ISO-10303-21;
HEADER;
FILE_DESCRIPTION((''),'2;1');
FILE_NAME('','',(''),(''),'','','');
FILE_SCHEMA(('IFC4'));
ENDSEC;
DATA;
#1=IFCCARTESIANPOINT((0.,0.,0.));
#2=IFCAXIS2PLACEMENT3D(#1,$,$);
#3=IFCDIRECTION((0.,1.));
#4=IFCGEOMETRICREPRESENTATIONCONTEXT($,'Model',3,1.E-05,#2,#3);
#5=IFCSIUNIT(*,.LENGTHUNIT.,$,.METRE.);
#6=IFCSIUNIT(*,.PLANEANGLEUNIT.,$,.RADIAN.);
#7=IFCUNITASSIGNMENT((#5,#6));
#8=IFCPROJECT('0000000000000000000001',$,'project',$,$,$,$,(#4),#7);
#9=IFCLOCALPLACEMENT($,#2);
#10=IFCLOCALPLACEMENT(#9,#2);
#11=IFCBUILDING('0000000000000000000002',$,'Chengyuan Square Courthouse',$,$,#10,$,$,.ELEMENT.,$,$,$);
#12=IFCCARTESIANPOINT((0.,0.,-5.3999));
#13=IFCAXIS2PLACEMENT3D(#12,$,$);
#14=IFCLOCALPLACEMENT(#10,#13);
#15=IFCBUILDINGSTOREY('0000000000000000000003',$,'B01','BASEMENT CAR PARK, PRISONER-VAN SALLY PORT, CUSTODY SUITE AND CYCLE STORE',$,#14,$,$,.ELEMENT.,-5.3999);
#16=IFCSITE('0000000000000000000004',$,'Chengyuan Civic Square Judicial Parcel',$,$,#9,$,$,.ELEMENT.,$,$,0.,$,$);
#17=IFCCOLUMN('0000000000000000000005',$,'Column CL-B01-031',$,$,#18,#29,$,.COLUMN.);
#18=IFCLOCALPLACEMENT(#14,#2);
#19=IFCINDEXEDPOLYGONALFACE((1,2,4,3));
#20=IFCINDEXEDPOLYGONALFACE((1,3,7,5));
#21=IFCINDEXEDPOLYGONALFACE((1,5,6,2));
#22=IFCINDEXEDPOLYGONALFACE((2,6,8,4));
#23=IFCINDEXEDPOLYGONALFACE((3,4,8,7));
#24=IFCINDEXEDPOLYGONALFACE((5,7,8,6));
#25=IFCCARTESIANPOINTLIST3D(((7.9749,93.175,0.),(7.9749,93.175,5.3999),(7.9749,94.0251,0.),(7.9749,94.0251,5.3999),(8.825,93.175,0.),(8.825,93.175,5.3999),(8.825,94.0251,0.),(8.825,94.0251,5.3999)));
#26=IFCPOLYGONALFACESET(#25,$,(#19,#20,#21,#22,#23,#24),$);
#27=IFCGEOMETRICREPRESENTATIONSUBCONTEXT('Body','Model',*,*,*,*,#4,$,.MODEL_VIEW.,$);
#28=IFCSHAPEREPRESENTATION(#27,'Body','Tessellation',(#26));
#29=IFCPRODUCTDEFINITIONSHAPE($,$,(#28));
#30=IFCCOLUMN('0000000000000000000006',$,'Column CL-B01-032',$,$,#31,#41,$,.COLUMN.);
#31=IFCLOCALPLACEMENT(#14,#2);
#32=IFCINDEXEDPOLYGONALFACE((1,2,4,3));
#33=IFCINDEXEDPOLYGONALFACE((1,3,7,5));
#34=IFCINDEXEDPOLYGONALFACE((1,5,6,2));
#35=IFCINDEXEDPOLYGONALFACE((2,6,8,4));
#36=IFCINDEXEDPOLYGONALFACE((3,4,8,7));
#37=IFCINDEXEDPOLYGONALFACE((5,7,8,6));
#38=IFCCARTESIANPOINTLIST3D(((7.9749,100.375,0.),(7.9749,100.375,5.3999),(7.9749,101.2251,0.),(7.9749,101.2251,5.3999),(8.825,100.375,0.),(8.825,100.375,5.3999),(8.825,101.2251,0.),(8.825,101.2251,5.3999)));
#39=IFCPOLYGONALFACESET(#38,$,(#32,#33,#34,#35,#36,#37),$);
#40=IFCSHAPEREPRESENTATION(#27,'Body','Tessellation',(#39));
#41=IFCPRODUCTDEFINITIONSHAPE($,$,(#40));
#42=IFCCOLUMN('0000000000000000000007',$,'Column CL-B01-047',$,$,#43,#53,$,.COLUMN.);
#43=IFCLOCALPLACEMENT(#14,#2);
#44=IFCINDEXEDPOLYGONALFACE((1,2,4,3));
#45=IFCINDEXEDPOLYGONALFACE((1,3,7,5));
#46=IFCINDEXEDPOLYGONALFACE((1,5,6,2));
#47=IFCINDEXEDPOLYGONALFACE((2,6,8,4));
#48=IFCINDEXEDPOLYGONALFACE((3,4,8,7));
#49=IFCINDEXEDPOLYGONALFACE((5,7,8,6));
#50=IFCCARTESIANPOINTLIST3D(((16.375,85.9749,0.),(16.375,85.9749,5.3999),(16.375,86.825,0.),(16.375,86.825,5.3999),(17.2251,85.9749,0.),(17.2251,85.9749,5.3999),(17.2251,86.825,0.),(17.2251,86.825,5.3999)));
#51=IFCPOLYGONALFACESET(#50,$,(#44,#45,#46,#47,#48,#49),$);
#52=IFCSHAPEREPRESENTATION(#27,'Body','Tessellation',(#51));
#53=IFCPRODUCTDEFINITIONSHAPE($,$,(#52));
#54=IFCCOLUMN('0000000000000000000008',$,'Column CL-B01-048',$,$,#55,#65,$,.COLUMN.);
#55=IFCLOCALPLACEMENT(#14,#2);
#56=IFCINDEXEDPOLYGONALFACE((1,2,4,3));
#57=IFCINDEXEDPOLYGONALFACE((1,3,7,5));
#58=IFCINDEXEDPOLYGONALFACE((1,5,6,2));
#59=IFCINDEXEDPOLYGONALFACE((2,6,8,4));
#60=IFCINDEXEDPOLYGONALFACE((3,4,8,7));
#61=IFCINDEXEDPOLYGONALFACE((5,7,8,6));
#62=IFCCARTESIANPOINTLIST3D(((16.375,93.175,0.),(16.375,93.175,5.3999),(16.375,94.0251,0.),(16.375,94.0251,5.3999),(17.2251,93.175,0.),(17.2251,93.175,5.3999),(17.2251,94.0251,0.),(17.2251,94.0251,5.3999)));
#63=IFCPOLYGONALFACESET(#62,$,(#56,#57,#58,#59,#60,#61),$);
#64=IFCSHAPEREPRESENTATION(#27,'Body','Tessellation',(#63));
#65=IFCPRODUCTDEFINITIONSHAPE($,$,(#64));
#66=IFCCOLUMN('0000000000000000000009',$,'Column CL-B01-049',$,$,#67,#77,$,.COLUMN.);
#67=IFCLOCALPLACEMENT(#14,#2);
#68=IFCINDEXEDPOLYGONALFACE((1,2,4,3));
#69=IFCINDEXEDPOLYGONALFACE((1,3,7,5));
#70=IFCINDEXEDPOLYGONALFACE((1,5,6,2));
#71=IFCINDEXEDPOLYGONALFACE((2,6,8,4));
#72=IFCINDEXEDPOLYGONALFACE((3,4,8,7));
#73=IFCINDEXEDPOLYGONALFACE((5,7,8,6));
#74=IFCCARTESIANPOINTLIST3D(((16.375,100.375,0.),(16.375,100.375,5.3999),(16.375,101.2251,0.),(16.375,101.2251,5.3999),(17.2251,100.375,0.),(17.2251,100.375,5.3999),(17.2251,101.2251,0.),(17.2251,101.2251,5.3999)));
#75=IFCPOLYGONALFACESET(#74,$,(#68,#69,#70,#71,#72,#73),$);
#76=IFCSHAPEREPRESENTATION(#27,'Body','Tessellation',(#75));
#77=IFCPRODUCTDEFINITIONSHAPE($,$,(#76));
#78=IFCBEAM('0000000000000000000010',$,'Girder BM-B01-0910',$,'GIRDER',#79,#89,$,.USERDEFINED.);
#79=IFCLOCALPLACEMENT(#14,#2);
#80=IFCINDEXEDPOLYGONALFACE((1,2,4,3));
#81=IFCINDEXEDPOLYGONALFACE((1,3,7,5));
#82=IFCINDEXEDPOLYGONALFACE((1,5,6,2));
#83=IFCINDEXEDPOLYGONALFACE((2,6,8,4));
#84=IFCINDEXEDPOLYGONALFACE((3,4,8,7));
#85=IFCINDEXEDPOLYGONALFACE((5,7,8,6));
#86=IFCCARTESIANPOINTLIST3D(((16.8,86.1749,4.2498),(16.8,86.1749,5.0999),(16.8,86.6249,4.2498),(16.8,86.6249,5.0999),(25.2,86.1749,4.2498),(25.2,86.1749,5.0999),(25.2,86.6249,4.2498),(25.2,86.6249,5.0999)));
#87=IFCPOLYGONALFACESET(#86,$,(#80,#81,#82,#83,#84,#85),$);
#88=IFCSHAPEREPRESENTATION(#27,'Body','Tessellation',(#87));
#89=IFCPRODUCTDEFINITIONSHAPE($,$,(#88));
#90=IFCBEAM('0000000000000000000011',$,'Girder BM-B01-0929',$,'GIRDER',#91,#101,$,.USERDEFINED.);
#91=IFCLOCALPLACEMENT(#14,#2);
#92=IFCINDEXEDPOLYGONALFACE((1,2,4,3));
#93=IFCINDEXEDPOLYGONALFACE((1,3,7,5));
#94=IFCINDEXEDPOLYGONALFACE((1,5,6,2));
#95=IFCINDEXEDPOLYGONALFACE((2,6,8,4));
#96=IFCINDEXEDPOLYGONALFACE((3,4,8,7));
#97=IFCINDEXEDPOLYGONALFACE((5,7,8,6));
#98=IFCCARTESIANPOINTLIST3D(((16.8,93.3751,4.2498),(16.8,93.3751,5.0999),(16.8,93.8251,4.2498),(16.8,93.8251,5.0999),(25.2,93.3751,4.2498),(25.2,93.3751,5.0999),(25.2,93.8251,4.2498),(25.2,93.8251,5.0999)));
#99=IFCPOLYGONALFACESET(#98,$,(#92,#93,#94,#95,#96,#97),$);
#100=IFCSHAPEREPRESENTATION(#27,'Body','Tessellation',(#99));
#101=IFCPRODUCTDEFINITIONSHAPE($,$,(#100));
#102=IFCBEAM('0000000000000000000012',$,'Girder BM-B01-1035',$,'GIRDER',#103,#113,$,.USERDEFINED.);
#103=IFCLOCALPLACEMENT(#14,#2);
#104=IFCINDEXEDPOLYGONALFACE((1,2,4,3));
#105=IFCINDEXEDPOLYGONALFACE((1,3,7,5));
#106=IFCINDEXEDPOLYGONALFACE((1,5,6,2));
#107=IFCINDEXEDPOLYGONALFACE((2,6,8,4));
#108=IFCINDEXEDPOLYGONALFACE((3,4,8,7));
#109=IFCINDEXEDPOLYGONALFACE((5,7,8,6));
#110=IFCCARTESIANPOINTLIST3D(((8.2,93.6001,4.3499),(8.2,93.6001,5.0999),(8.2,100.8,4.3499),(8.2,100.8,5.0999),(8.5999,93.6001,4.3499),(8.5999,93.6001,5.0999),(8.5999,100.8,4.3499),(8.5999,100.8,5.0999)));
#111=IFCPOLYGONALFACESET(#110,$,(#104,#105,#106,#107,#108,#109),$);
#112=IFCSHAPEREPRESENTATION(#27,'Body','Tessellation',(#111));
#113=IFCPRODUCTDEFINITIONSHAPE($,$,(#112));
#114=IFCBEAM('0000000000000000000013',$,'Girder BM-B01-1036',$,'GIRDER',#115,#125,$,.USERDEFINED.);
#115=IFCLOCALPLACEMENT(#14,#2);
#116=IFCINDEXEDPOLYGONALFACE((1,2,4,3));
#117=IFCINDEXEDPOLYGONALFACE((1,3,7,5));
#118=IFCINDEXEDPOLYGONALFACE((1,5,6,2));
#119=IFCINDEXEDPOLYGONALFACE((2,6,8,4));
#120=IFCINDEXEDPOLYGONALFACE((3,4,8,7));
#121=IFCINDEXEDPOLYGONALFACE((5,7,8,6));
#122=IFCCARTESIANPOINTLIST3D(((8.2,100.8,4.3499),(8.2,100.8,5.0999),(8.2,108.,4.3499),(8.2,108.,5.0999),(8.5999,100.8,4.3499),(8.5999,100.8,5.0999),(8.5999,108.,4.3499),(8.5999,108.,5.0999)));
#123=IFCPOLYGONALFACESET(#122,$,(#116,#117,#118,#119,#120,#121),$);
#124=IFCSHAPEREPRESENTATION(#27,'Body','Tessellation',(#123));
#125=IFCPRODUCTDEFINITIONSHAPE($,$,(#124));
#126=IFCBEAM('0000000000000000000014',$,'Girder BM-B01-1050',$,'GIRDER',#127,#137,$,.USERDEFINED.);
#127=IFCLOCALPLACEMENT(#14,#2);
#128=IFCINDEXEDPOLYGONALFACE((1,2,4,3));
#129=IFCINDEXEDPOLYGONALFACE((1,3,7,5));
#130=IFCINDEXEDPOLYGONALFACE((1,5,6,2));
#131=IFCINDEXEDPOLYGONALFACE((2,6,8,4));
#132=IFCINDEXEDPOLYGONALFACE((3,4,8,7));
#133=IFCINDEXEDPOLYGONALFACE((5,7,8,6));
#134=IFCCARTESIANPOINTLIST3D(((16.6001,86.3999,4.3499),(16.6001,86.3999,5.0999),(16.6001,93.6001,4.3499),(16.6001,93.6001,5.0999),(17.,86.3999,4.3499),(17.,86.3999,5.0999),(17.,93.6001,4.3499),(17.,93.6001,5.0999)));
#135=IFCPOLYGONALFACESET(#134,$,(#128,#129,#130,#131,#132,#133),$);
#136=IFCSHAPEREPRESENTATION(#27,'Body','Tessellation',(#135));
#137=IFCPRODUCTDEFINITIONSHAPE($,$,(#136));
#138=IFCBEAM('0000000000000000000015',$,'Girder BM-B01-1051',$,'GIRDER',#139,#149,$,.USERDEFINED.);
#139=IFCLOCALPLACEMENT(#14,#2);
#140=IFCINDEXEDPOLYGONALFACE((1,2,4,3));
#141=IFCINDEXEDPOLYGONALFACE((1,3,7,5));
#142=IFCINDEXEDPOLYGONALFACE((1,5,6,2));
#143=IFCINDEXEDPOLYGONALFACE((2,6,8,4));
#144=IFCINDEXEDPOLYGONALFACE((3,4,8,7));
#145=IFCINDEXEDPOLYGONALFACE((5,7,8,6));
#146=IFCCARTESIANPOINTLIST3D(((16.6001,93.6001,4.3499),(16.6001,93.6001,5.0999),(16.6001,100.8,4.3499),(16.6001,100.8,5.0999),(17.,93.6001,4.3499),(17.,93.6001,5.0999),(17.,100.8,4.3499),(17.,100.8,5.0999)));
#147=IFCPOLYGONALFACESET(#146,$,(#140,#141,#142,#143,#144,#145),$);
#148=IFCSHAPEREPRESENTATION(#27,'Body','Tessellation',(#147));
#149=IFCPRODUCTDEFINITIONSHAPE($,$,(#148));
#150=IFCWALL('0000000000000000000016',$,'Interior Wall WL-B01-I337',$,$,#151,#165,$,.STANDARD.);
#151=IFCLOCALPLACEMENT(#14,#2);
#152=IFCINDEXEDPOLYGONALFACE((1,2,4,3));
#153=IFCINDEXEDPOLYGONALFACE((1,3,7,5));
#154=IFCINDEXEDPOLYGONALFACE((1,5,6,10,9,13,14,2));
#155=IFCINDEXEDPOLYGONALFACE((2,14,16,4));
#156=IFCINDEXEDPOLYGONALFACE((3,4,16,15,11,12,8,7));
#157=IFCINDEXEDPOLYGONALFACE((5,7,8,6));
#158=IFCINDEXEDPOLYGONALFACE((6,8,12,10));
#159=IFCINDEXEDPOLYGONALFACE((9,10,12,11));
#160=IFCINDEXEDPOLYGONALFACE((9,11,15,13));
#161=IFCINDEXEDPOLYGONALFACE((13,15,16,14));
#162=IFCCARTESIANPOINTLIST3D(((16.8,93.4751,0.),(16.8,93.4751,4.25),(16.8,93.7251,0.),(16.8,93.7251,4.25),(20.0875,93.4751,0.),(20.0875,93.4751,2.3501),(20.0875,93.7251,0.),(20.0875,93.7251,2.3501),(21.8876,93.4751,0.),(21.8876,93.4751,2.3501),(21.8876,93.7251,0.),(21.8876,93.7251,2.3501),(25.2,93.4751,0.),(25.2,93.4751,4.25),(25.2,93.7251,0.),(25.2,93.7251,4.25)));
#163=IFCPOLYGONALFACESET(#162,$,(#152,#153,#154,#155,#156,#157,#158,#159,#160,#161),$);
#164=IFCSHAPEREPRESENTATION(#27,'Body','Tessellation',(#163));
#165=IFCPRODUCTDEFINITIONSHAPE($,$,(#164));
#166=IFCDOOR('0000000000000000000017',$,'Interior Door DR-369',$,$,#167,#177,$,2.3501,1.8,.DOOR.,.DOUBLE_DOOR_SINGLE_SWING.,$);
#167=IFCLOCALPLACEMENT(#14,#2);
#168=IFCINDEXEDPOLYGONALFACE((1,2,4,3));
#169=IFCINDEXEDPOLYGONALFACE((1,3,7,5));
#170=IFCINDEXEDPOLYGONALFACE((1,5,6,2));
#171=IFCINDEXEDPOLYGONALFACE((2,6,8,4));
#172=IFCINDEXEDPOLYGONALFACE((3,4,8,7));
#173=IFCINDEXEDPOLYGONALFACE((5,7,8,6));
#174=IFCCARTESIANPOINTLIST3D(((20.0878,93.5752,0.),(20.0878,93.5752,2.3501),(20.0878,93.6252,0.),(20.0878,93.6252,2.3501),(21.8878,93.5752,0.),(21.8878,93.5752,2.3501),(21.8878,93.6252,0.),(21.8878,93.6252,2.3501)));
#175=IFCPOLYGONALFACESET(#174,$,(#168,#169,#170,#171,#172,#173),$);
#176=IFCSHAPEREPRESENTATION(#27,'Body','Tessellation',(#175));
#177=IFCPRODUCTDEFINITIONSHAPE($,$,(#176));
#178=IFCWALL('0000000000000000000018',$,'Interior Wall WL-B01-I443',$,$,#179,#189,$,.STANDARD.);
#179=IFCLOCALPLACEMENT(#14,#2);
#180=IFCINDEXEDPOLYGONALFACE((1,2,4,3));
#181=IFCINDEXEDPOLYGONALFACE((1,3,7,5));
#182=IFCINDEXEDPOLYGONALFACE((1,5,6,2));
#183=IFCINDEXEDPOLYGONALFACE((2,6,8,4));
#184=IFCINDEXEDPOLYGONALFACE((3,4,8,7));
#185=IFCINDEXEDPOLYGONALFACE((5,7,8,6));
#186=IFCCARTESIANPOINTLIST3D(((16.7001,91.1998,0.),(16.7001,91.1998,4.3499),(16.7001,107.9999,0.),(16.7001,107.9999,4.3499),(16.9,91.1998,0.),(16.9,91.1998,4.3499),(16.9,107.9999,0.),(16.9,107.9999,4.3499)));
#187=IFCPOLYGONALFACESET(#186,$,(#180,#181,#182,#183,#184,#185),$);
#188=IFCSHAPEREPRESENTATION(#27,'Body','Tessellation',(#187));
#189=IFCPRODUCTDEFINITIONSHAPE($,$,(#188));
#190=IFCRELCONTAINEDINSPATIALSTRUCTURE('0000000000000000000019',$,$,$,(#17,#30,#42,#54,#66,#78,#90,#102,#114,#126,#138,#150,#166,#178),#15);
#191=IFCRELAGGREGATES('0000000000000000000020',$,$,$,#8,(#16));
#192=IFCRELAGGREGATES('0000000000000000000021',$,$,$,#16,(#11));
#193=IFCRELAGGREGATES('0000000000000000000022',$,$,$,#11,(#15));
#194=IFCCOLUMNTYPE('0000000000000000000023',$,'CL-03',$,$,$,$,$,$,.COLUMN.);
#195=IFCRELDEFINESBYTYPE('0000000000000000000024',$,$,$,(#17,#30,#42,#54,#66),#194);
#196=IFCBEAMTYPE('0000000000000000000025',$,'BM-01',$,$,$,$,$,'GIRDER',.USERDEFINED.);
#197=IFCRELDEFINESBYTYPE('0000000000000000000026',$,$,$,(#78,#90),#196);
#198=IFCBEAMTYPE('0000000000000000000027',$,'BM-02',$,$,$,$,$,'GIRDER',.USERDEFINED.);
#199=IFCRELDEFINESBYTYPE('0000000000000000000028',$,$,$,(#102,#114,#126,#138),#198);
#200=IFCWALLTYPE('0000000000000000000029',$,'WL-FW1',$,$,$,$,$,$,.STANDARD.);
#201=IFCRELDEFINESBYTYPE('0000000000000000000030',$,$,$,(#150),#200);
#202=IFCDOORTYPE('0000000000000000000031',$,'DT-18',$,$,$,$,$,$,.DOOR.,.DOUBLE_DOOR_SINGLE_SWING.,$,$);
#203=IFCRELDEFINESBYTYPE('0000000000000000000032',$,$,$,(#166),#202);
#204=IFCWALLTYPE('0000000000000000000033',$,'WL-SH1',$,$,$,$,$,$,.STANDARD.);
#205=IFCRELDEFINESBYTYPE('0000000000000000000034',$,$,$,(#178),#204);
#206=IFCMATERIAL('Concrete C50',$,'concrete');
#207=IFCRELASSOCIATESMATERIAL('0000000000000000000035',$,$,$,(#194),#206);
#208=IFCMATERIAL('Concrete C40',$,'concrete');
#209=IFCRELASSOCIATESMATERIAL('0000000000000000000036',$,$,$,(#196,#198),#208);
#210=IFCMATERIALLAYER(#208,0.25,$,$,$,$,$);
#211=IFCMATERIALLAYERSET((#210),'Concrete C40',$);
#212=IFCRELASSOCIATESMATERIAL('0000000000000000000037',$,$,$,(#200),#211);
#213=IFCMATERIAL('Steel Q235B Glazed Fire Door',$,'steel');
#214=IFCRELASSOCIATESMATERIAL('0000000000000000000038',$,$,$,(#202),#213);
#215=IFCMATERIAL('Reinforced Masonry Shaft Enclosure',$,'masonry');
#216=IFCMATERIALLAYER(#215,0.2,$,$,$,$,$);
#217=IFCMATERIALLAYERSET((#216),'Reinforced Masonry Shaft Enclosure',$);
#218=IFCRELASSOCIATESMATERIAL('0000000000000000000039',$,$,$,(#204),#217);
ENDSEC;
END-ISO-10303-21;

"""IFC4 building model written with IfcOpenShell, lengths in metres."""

from ifc_helpers import new_model, si_unit, direction, frame, frame_2d, origin, origin_2d, place, context, subcontext, project, spatial, rectangle, extrude, material, layer, layer_set, material_profile, profile_set, type_object, element, fill, save


model = new_model("IFC4")

# Units and contexts
model_context = context("Model", 3, precision=1e-05, world=origin(), true_north=direction((0.0, 1.0)))
body_context = subcontext(model_context, "Body", "Model", "MODEL_VIEW")
ifc_project = project(units=[si_unit("LENGTHUNIT", "METRE"), si_unit("PLANEANGLEUNIT", "RADIAN")], contexts=[model_context])

# Site, building, storey
site_placement = place(None, origin())
site = spatial("IfcSite", under=ifc_project, at=site_placement, Name="Chengyuan Civic Square Judicial Parcel", CompositionType="ELEMENT", RefElevation=0.0)
building_placement = place(site_placement, origin())
building = spatial("IfcBuilding", under=site, at=building_placement, Name="Chengyuan Square Courthouse", CompositionType="ELEMENT")
storey_placement = place(building_placement, frame((0.0, 0.0, -5.3999)))
storey = spatial("IfcBuildingStorey", under=building, at=storey_placement, Name="B01", Description="BASEMENT CAR PARK, PRISONER-VAN SALLY PORT, CUSTODY SUITE AND CYCLE STORE", CompositionType="ELEMENT", Elevation=-5.3999)

# Columns
ifc_material_1 = material(Name="Concrete C50", Category="concrete")
ifc_material_profile_1 = material_profile(ifc_material_1, rectangle(XDim=0.8501, YDim=0.8501, at=origin_2d()), Name="RC-COL-850x850")
ifc_profile_set_1 = profile_set([ifc_material_profile_1], Name="Concrete C50")
column_type = type_object("IfcColumnType", Name="CL-03", PredefinedType="COLUMN", material=ifc_profile_set_1)
for number, where, z_axis, x_axis, name in (
    (1, (8.3999, 93.6001, 0.0), (0.0, 0.0, 1.0), (1.0, 0.0, 0.0), "Column CL-B01-031"),
    (2, (8.3999, 100.8, 0.0), (0.0, 0.0, 1.0), (1.0, 0.0, 0.0), "Column CL-B01-032"),
    (3, (16.8, 86.3999, 0.0), (0.0, 0.0, 1.0), (1.0, 0.0, 0.0), "Column CL-B01-047"),
    (4, (16.8, 93.6001, 0.0), (0.0, 0.0, 1.0), (1.0, 0.0, 0.0), "Column CL-B01-048"),
    (5, (16.8, 100.8, 0.0), (0.0, 0.0, 1.0), (1.0, 0.0, 0.0), "Column CL-B01-049"),
):
    element("IfcColumn", number, at=place(storey_placement, frame(where, z_axis=z_axis, x_axis=x_axis)), inside=storey, type_object=column_type, Name=name, PredefinedType="COLUMN", context=body_context, shape_type="SweptSolid", body=[
        extrude(rectangle(XDim=0.8501, YDim=0.8501, at=origin_2d()), origin(), (0.0, 0.0, 1.0), 5.3999),
    ])

# Beams
ifc_material_2 = material(Name="Concrete C40", Category="concrete")
ifc_material_profile_2 = material_profile(ifc_material_2, rectangle(XDim=0.45, YDim=0.8501, at=origin_2d()), Name="RC-BM-450x850")
ifc_profile_set_2 = profile_set([ifc_material_profile_2], Name="Concrete C40")
beam_type_1 = type_object("IfcBeamType", Name="BM-01", ElementType="GIRDER", PredefinedType="USERDEFINED", material=ifc_profile_set_2)
for number, where, z_axis, x_axis, name in (
    (6, (16.8, 86.3999, 4.6748), (1.0, 0.0, 0.0), (0.0, 1.0, 0.0), "Girder BM-B01-0910"),
    (7, (16.8, 93.6001, 4.6748), (1.0, 0.0, 0.0), (0.0, 1.0, 0.0), "Girder BM-B01-0929"),
):
    element("IfcBeam", number, at=place(storey_placement, frame(where, z_axis=z_axis, x_axis=x_axis)), inside=storey, type_object=beam_type_1, Name=name, ObjectType="GIRDER", PredefinedType="USERDEFINED", context=body_context, shape_type="SweptSolid", body=[
        extrude(rectangle(XDim=0.45, YDim=0.8501, at=origin_2d()), origin(), (0.0, 0.0, 1.0), 8.3999),
    ])
ifc_material_profile_3 = material_profile(ifc_material_2, rectangle(XDim=0.3999, YDim=0.75, at=origin_2d()), Name="RC-BM-400x750")
ifc_profile_set_3 = profile_set([ifc_material_profile_3], Name="Concrete C40")
beam_type_2 = type_object("IfcBeamType", Name="BM-02", ElementType="GIRDER", PredefinedType="USERDEFINED", material=ifc_profile_set_3)
for number, where, z_axis, x_axis, name in (
    (8, (8.3999, 93.6001, 4.7249), (0.0, 1.0, 0.0), (-1.0, 0.0, 0.0), "Girder BM-B01-1035"),
    (9, (8.3999, 100.8, 4.7249), (0.0, 1.0, 0.0), (-1.0, 0.0, 0.0), "Girder BM-B01-1036"),
):
    element("IfcBeam", number, at=place(storey_placement, frame(where, z_axis=z_axis, x_axis=x_axis)), inside=storey, type_object=beam_type_2, Name=name, ObjectType="GIRDER", PredefinedType="USERDEFINED", context=body_context, shape_type="SweptSolid", body=[
        extrude(rectangle(XDim=0.3999, YDim=0.75, at=origin_2d()), origin(), (0.0, 0.0, 1.0), 7.2),
    ])
beam_1_placement = place(storey_placement, frame((16.8, 86.3999, 4.7249), z_axis=(0.0, 1.0, 0.0), x_axis=(-1.0, 0.0, 0.0)))
element("IfcBeam", 10, at=beam_1_placement, inside=storey, type_object=beam_type_2, Name="Girder BM-B01-1050", ObjectType="GIRDER", PredefinedType="USERDEFINED", context=body_context, shape_type="SweptSolid", body=[
    extrude(rectangle(XDim=0.3999, YDim=0.75, at=origin_2d()), origin(), (0.0, 0.0, 1.0), 7.2002),
])
beam_2_placement = place(storey_placement, frame((16.8, 93.6001, 4.7249), z_axis=(0.0, 1.0, 0.0), x_axis=(-1.0, 0.0, 0.0)))
element("IfcBeam", 11, at=beam_2_placement, inside=storey, type_object=beam_type_2, Name="Girder BM-B01-1051", ObjectType="GIRDER", PredefinedType="USERDEFINED", context=body_context, shape_type="SweptSolid", body=[
    extrude(rectangle(XDim=0.3999, YDim=0.75, at=origin_2d()), origin(), (0.0, 0.0, 1.0), 7.2),
])

# Wall, opening, door
ifc_layer_1 = layer(ifc_material_2, 0.25)
ifc_layer_set_1 = layer_set([ifc_layer_1], Name="Concrete C40")
wall_type_1 = type_object("IfcWallType", Name="WL-FW1", PredefinedType="STANDARD", material=ifc_layer_set_1)
wall_1_placement = place(storey_placement, frame((16.8, 93.6001, 0.0), z_axis=(0.0, 0.0, 1.0), x_axis=(1.0, 0.0, 0.0)))
wall_1 = element("IfcWall", 12, at=wall_1_placement, inside=storey, type_object=wall_type_1, Name="Interior Wall WL-B01-I337", PredefinedType="STANDARD", context=body_context, shape_type="SweptSolid", body=[
    extrude(rectangle(XDim=8.3999, YDim=0.25, at=frame_2d((4.2, 0.0))), origin(), (0.0, 0.0, 1.0), 4.25),
])
opening_1_placement = place(wall_1_placement, frame((3.2876, 0.0, 0.0)))
opening_1 = element("IfcOpeningElement", 13, at=opening_1_placement, cuts=wall_1, PredefinedType="OPENING", context=body_context, shape_type="SweptSolid", body=[
    extrude(rectangle(XDim=1.8, YDim=2.3501, at=frame_2d((0.8999, 1.175))), frame((0.0, 0.137, 0.0), z_axis=(0.0, -1.0, 0.0), x_axis=(1.0, 0.0, 0.0)), (0.0, 0.0, 1.0), 0.2739),
])
ifc_material_3 = material(Name="Steel Q235B Glazed Fire Door", Category="steel")
door_type_1 = type_object("IfcDoorType", Name="DT-18", OperationType="DOUBLE_DOOR_SINGLE_SWING", PredefinedType="DOOR", material=ifc_material_3)
door_1_placement = place(opening_1_placement, frame((1.8, 0.0, 0.0), z_axis=(0.0, 0.0, 1.0), x_axis=(-1.0, 0.0, 0.0)))
door_1 = element("IfcDoor", 14, at=door_1_placement, inside=storey, type_object=door_type_1, Name="Interior Door DR-369", OperationType="DOUBLE_DOOR_SINGLE_SWING", OverallHeight=2.3501, OverallWidth=1.8, PredefinedType="DOOR", context=body_context, shape_type="SweptSolid", body=[
    extrude(rectangle(XDim=1.8, YDim=2.3501, at=frame_2d((0.8999, 1.175))), frame((0.0, 0.0249, 0.0), z_axis=(0.0, -1.0, 0.0), x_axis=(1.0, 0.0, 0.0)), (0.0, 0.0, 1.0), 0.05),
])
fill(opening_1, door_1)

# Wall
ifc_material_4 = material(Name="Reinforced Masonry Shaft Enclosure", Category="masonry")
ifc_layer_2 = layer(ifc_material_4, 0.2)
ifc_layer_set_2 = layer_set([ifc_layer_2], Name="Reinforced Masonry Shaft Enclosure")
wall_type_2 = type_object("IfcWallType", Name="WL-SH1", PredefinedType="STANDARD", material=ifc_layer_set_2)
wall_2_placement = place(storey_placement, frame((16.8, 91.2, 0.0), z_axis=(0.0, 0.0, 1.0), x_axis=(0.0, 1.0, 0.0)))
element("IfcWall", 15, at=wall_2_placement, inside=storey, type_object=wall_type_2, Name="Interior Wall WL-B01-I443", PredefinedType="STANDARD", context=body_context, shape_type="SweptSolid", body=[
    extrude(rectangle(XDim=16.8, YDim=0.2, at=frame_2d((8.3999, 0.0))), origin(), (0.0, 0.0, 1.0), 4.3499),
])

save(model, "model.ifc")
